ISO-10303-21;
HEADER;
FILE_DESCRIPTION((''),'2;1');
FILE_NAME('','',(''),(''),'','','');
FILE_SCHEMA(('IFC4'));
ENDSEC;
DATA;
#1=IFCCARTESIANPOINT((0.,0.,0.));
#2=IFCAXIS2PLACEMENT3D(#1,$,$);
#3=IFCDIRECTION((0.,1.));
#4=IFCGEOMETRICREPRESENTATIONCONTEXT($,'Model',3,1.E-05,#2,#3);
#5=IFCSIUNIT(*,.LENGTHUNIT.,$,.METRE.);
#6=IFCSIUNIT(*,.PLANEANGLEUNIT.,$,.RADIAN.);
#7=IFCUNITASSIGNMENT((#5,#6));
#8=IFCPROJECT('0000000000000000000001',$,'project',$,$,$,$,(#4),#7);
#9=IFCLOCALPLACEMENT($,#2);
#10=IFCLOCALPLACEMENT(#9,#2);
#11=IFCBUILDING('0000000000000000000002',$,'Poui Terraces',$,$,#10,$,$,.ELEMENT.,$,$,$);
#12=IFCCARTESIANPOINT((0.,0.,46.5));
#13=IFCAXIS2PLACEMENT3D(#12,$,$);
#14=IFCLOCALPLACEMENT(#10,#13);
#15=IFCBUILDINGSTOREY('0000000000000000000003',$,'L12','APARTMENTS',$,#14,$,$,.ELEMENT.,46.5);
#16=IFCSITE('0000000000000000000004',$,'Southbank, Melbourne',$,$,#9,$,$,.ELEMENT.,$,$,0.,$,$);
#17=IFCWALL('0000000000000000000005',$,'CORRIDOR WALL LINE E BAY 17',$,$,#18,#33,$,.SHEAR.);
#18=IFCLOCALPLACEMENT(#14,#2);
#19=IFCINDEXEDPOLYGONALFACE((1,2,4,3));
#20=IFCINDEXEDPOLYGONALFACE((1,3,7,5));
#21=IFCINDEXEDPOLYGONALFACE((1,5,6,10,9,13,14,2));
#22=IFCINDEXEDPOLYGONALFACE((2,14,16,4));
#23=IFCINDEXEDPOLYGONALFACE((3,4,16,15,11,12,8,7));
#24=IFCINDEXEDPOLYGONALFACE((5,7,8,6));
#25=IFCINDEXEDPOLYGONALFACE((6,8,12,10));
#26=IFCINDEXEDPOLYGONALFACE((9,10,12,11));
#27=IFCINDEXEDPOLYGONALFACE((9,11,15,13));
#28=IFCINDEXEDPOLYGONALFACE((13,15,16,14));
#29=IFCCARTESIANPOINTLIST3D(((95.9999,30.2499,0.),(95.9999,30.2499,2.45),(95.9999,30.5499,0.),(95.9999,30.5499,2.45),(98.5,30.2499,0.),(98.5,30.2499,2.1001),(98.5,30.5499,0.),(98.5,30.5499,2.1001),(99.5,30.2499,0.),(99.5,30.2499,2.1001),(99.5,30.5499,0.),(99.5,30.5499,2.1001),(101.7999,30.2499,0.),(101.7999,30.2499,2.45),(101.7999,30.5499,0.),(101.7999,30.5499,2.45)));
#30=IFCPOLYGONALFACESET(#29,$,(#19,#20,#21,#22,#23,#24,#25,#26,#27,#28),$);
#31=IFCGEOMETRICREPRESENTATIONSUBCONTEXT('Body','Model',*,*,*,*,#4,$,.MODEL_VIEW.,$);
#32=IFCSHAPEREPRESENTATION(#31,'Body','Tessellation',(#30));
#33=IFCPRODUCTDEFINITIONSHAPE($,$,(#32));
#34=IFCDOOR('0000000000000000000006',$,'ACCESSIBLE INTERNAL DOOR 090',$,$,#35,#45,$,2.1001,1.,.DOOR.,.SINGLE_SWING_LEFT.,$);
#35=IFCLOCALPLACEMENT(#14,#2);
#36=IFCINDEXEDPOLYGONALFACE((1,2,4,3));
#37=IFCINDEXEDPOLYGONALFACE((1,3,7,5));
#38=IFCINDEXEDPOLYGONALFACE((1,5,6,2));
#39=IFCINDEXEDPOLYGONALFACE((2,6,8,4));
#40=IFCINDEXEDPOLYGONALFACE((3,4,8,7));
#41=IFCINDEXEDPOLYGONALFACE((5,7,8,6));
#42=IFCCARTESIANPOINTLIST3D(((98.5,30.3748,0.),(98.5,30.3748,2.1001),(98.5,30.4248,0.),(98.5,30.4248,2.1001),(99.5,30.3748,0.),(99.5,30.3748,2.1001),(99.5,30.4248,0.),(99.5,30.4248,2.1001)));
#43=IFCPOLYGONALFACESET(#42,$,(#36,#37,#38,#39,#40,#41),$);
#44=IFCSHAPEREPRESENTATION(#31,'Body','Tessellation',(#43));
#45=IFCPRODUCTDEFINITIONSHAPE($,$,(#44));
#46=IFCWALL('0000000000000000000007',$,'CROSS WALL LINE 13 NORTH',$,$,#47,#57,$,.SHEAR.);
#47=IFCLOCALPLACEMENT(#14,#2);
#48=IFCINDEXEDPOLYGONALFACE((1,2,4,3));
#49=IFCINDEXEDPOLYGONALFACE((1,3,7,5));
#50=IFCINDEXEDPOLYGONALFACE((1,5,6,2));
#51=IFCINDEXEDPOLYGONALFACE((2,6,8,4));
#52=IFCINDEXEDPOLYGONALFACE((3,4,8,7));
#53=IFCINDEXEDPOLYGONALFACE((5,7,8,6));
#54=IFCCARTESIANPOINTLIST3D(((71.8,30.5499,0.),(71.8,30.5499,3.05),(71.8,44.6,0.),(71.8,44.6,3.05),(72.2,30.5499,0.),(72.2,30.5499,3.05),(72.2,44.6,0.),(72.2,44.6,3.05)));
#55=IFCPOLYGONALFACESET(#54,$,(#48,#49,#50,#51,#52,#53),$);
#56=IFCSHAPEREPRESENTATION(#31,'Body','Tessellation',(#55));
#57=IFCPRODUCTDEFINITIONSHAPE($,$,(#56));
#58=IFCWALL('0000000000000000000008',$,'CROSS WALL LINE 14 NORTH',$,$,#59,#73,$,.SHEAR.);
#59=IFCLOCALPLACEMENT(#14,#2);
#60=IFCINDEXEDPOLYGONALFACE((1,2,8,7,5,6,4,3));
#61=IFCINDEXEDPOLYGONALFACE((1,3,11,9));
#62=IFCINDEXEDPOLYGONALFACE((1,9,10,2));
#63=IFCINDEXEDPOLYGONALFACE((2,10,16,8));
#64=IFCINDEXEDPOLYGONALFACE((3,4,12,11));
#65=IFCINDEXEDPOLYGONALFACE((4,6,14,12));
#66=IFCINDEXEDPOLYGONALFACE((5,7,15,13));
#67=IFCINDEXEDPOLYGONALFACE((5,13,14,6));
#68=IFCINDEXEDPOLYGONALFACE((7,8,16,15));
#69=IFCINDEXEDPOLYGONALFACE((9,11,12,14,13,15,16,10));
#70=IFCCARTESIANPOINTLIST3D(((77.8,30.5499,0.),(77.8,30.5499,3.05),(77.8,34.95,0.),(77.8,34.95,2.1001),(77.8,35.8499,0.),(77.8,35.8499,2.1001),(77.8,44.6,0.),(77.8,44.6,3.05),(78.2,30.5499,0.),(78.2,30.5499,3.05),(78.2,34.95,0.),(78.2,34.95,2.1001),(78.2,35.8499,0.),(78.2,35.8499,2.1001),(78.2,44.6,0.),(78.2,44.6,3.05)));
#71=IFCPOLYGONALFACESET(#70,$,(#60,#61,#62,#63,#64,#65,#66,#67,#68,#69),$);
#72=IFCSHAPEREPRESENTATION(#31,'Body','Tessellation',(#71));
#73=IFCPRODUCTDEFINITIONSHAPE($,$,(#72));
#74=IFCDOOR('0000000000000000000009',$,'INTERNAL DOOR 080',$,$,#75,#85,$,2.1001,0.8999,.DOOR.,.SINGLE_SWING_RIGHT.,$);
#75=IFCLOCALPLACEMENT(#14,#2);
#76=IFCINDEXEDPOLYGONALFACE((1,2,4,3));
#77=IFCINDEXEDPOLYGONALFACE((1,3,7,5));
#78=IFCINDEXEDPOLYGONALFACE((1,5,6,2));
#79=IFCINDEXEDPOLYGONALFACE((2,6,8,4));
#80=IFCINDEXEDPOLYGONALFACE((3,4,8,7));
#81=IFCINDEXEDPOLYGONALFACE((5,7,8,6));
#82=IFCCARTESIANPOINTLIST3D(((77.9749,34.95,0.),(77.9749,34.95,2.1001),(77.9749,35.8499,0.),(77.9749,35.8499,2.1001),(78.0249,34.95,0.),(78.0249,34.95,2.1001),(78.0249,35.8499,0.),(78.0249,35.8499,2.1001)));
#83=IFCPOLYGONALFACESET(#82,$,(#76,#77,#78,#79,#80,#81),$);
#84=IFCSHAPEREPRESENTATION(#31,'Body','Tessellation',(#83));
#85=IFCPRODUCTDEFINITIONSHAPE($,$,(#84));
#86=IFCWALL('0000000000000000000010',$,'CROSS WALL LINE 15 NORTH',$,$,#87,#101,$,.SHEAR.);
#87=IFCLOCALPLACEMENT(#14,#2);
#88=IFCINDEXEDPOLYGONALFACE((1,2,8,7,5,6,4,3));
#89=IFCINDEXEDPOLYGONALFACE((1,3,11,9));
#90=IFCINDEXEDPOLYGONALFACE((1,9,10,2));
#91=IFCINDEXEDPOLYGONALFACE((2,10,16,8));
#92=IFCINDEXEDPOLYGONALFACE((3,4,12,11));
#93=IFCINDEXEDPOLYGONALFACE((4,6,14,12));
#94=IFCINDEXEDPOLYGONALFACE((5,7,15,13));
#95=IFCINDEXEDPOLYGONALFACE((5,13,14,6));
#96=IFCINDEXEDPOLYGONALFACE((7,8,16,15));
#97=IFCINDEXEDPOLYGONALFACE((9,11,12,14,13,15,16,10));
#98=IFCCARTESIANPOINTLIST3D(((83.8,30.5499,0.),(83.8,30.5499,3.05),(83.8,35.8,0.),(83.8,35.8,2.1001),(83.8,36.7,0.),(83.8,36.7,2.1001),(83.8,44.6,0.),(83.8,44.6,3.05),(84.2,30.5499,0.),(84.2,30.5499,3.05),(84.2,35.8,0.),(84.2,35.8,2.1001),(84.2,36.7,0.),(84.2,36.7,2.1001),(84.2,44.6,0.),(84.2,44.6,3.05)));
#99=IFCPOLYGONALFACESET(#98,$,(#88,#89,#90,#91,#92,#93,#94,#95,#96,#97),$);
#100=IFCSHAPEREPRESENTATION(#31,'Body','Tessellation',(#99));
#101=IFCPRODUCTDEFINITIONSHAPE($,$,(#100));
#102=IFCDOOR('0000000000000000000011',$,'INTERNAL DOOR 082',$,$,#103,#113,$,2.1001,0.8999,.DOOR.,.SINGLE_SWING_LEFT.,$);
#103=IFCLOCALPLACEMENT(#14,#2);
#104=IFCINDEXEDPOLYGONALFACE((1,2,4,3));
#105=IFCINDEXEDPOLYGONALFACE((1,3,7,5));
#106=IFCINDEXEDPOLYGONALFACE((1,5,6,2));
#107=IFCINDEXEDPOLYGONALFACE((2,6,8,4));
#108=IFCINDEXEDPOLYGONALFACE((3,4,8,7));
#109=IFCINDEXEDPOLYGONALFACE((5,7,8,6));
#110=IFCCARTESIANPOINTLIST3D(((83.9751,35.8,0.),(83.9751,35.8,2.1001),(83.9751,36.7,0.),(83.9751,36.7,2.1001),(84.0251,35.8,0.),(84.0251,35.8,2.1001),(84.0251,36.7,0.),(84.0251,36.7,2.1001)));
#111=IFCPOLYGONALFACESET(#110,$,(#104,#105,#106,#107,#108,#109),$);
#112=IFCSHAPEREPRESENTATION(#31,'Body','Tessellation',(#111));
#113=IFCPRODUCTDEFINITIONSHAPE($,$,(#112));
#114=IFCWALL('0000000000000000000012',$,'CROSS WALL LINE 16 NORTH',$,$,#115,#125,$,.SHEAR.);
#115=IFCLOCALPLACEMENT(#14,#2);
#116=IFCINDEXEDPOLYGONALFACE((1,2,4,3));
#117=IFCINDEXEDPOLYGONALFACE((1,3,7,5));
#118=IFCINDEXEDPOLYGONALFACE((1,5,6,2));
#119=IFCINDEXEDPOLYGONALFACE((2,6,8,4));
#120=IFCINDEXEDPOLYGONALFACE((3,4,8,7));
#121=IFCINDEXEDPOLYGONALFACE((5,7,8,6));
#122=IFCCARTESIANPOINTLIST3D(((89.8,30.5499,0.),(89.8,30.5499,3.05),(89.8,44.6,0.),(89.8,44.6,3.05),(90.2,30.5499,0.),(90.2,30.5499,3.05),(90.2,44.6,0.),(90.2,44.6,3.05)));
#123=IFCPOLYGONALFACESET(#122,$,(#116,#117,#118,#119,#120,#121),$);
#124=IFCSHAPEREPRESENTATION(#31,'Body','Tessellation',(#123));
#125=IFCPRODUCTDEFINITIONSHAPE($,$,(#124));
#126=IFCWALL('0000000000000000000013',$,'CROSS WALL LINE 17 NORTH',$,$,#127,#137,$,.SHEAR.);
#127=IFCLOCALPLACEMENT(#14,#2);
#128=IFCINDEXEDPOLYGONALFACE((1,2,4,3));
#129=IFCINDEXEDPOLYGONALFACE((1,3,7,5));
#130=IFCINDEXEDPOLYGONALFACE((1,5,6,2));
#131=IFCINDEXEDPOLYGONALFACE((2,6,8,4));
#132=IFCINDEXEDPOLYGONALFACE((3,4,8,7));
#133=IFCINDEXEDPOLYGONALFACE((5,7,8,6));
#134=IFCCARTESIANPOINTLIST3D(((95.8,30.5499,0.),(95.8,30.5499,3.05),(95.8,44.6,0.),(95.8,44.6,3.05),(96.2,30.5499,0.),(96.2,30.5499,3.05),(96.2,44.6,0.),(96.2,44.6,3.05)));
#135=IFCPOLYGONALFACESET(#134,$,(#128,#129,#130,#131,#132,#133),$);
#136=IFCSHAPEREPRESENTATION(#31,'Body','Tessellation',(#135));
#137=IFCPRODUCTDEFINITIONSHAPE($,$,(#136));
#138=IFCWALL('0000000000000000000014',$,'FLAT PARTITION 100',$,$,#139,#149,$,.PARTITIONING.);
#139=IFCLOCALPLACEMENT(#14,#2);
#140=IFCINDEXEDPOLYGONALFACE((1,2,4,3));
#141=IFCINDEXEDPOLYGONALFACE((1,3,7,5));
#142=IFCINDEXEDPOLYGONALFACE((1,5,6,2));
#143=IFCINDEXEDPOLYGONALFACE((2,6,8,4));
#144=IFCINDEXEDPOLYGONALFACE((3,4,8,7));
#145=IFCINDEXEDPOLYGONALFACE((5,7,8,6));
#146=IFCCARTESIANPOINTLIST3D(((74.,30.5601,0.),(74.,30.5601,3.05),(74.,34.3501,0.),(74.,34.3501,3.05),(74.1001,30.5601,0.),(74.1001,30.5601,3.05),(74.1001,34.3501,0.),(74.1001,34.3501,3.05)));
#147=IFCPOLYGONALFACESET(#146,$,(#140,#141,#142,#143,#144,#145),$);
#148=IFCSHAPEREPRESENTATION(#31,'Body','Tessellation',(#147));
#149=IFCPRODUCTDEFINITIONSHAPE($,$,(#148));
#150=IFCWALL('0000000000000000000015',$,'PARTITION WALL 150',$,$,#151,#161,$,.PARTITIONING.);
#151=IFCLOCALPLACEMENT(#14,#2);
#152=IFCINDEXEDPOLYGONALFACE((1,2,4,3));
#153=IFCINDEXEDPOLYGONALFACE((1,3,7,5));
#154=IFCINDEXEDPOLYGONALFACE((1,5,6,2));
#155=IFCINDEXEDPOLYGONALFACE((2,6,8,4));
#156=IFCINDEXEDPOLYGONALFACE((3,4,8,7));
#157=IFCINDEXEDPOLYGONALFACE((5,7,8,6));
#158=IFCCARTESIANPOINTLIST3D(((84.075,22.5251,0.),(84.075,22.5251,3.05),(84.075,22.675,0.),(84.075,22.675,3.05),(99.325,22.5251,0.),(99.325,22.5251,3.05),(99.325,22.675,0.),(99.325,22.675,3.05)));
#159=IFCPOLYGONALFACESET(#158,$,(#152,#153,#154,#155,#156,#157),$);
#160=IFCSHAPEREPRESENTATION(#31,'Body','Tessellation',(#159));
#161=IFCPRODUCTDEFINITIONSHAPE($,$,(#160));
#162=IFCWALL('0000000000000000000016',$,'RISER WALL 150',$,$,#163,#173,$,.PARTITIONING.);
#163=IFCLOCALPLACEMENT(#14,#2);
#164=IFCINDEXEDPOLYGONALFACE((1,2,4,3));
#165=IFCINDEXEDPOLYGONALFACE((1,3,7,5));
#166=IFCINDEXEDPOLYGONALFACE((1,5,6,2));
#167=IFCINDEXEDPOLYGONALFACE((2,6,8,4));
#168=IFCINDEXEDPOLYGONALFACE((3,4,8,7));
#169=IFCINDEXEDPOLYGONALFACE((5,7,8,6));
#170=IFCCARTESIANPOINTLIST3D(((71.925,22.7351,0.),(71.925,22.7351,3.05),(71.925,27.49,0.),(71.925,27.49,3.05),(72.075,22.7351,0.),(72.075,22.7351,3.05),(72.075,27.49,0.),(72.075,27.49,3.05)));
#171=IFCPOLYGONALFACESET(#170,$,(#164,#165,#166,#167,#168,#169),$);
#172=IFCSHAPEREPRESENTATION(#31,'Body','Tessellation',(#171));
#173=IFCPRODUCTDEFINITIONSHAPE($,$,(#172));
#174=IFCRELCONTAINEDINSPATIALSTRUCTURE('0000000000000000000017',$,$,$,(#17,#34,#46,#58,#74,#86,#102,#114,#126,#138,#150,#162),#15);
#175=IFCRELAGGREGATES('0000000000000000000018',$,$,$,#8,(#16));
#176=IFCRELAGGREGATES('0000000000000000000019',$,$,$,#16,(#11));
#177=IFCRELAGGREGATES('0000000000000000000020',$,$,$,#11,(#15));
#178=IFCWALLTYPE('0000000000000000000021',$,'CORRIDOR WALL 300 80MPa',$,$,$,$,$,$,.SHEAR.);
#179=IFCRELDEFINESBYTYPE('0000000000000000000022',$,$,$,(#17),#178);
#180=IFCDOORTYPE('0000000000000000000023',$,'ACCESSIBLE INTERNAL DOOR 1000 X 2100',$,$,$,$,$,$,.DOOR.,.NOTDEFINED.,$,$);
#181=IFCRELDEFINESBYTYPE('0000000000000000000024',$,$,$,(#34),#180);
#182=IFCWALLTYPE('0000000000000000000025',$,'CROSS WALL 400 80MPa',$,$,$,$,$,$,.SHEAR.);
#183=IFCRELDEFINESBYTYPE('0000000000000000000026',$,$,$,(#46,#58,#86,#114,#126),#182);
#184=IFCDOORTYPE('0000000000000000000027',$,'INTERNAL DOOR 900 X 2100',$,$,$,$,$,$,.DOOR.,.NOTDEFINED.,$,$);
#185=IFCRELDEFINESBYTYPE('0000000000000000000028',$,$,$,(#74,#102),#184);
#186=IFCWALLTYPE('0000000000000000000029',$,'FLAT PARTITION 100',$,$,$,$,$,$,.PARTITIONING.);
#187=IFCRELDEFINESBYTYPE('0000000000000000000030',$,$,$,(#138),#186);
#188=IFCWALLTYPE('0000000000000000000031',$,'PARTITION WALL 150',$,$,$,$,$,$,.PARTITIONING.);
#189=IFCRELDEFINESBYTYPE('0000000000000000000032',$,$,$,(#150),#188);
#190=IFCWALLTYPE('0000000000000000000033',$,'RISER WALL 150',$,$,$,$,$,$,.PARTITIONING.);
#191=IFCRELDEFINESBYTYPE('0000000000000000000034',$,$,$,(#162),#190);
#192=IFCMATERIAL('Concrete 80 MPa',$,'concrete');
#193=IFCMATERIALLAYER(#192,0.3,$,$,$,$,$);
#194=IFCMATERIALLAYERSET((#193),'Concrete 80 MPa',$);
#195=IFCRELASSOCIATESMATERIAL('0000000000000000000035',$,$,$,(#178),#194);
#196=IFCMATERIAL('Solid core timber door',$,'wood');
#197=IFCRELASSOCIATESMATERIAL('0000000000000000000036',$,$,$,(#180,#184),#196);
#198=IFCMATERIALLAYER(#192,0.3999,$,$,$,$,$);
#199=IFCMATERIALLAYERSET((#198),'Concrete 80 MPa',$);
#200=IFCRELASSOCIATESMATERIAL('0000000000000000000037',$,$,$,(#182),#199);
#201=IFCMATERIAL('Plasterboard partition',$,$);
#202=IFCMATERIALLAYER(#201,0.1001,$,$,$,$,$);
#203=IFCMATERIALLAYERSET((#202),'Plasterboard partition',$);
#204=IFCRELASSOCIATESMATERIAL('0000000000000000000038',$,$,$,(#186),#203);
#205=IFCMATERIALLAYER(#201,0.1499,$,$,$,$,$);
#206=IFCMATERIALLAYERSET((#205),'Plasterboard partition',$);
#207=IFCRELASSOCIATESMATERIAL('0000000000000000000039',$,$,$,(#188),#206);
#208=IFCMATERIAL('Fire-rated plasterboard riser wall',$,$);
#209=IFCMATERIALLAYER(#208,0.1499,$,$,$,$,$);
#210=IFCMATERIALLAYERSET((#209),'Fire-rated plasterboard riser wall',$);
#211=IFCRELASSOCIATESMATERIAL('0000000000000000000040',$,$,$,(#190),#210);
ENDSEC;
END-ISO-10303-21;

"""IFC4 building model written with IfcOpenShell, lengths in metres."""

from ifc_helpers import new_model, si_unit, direction, frame, frame_2d, origin, place, context, subcontext, project, spatial, rectangle, extrude, material, layer, layer_set, type_object, element, fill, save


model = new_model("IFC4")

# Units and contexts
model_context = context("Model", 3, precision=1e-05, world=origin(), true_north=direction((0.0, 1.0)))
body_context = subcontext(model_context, "Body", "Model", "MODEL_VIEW")
ifc_project = project(units=[si_unit("LENGTHUNIT", "METRE"), si_unit("PLANEANGLEUNIT", "RADIAN")], contexts=[model_context])

# Site, building, storey
site_placement = place(None, origin())
site = spatial("IfcSite", under=ifc_project, at=site_placement, Name="Southbank, Melbourne", CompositionType="ELEMENT", RefElevation=0.0)
building_placement = place(site_placement, origin())
building = spatial("IfcBuilding", under=site, at=building_placement, Name="Poui Terraces", CompositionType="ELEMENT")
storey_placement = place(building_placement, frame((0.0, 0.0, 46.5)))
storey = spatial("IfcBuildingStorey", under=building, at=storey_placement, Name="L12", Description="APARTMENTS", CompositionType="ELEMENT", Elevation=46.5)

# Shared definitions
ifc_material_1 = material(Name="Concrete 80 MPa", Category="concrete")

# Shared definitions
ifc_layer_1 = layer(ifc_material_1, 0.3)
ifc_layer_set_1 = layer_set([ifc_layer_1], Name="Concrete 80 MPa")
wall_type_1 = type_object("IfcWallType", Name="CORRIDOR WALL 300 80MPa", PredefinedType="SHEAR", material=ifc_layer_set_1)

# Wall, opening, door
wall_1_placement = place(storey_placement, frame((96.0, 30.3999, 0.0), z_axis=(0.0, 0.0, 1.0), x_axis=(1.0, 0.0, 0.0)))
wall_1 = element("IfcWall", 1, at=wall_1_placement, inside=storey, type_object=wall_type_1, Name="CORRIDOR WALL LINE E BAY 17", PredefinedType="SHEAR", context=body_context, shape_type="SweptSolid", body=[
    extrude(rectangle(XDim=5.8, YDim=0.3, at=frame_2d((2.8999, 0.0))), origin(), (0.0, 0.0, 1.0), 2.45),
])
opening_1_placement = place(wall_1_placement, frame((2.5, 0.0, 0.0)))
opening_1 = element("IfcOpeningElement", 2, at=opening_1_placement, cuts=wall_1, PredefinedType="OPENING", context=body_context, shape_type="SweptSolid", body=[
    extrude(rectangle(XDim=1.0, YDim=2.1001, at=frame_2d((0.5, 1.05))), frame((0.0, 0.1602, 0.0), z_axis=(0.0, -1.0, 0.0), x_axis=(1.0, 0.0, 0.0)), (0.0, 0.0, 1.0), 0.3201),
])
ifc_material_2 = material(Name="Solid core timber door", Category="wood")
door_type_1 = type_object("IfcDoorType", Name="ACCESSIBLE INTERNAL DOOR 1000 X 2100", OperationType="NOTDEFINED", PredefinedType="DOOR", material=ifc_material_2)
door_1_placement = place(opening_1_placement, origin())
door_1 = element("IfcDoor", 3, at=door_1_placement, inside=storey, type_object=door_type_1, Name="ACCESSIBLE INTERNAL DOOR 090", OperationType="SINGLE_SWING_LEFT", OverallHeight=2.1001, OverallWidth=1.0, PredefinedType="DOOR", context=body_context, shape_type="SweptSolid", body=[
    extrude(rectangle(XDim=1.0, YDim=2.1001, at=frame_2d((0.5, 1.05))), frame((0.0, 0.0249, 0.0), z_axis=(0.0, -1.0, 0.0), x_axis=(1.0, 0.0, 0.0)), (0.0, 0.0, 1.0), 0.05),
])
fill(opening_1, door_1)

# Wall
ifc_layer_2 = layer(ifc_material_1, 0.3999)
ifc_layer_set_2 = layer_set([ifc_layer_2], Name="Concrete 80 MPa")
wall_type_2 = type_object("IfcWallType", Name="CROSS WALL 400 80MPa", PredefinedType="SHEAR", material=ifc_layer_set_2)
wall_2_placement = place(storey_placement, frame((72.0, 30.55, 0.0), z_axis=(0.0, 0.0, 1.0), x_axis=(0.0, 1.0, 0.0)))
element("IfcWall", 4, at=wall_2_placement, inside=storey, type_object=wall_type_2, Name="CROSS WALL LINE 13 NORTH", PredefinedType="SHEAR", context=body_context, shape_type="SweptSolid", body=[
    extrude(rectangle(XDim=14.05, YDim=0.3999, at=frame_2d((7.0249, 0.0))), origin(), (0.0, 0.0, 1.0), 3.05),
])

# Walls, openings, doors
wall_3_placement = place(storey_placement, frame((78.0, 30.55, 0.0), z_axis=(0.0, 0.0, 1.0), x_axis=(0.0, 1.0, 0.0)))
wall_3 = element("IfcWall", 5, at=wall_3_placement, inside=storey, type_object=wall_type_2, Name="CROSS WALL LINE 14 NORTH", PredefinedType="SHEAR", context=body_context, shape_type="SweptSolid", body=[
    extrude(rectangle(XDim=14.05, YDim=0.3999, at=frame_2d((7.0249, 0.0))), origin(), (0.0, 0.0, 1.0), 3.05),
])
opening_2_placement = place(wall_3_placement, frame((4.3999, 0.0, 0.0)))
opening_2 = element("IfcOpeningElement", 6, at=opening_2_placement, cuts=wall_3, PredefinedType="OPENING", context=body_context, shape_type="SweptSolid", body=[
    extrude(rectangle(XDim=0.8999, YDim=2.1001, at=frame_2d((0.45, 1.05))), frame((0.0, 0.21, 0.0), z_axis=(0.0, -1.0, 0.0), x_axis=(1.0, 0.0, 0.0)), (0.0, 0.0, 1.0), 0.4199),
])
door_type_2 = type_object("IfcDoorType", Name="INTERNAL DOOR 900 X 2100", OperationType="NOTDEFINED", PredefinedType="DOOR", material=ifc_material_2)
door_2_placement = place(opening_2_placement, frame((0.8999, 0.0, 0.0), z_axis=(0.0, 0.0, 1.0), x_axis=(-1.0, 0.0, 0.0)))
door_2 = element("IfcDoor", 7, at=door_2_placement, inside=storey, type_object=door_type_2, Name="INTERNAL DOOR 080", OperationType="SINGLE_SWING_RIGHT", OverallHeight=2.1001, OverallWidth=0.8999, PredefinedType="DOOR", context=body_context, shape_type="SweptSolid", body=[
    extrude(rectangle(XDim=0.8999, YDim=2.1001, at=frame_2d((0.45, 1.05))), frame((0.0, 0.0249, 0.0), z_axis=(0.0, -1.0, 0.0), x_axis=(1.0, 0.0, 0.0)), (0.0, 0.0, 1.0), 0.05),
])
fill(opening_2, door_2)
wall_4_placement = place(storey_placement, frame((84.0, 30.55, 0.0), z_axis=(0.0, 0.0, 1.0), x_axis=(0.0, 1.0, 0.0)))
wall_4 = element("IfcWall", 8, at=wall_4_placement, inside=storey, type_object=wall_type_2, Name="CROSS WALL LINE 15 NORTH", PredefinedType="SHEAR", context=body_context, shape_type="SweptSolid", body=[
    extrude(rectangle(XDim=14.05, YDim=0.3999, at=frame_2d((7.0249, 0.0))), origin(), (0.0, 0.0, 1.0), 3.05),
])
opening_3_placement = place(wall_4_placement, frame((5.25, 0.0, 0.0)))
opening_3 = element("IfcOpeningElement", 9, at=opening_3_placement, cuts=wall_4, PredefinedType="OPENING", context=body_context, shape_type="SweptSolid", body=[
    extrude(rectangle(XDim=0.8999, YDim=2.1001, at=frame_2d((0.45, 1.05))), frame((0.0, 0.21, 0.0), z_axis=(0.0, -1.0, 0.0), x_axis=(1.0, 0.0, 0.0)), (0.0, 0.0, 1.0), 0.4199),
])
door_3_placement = place(opening_3_placement, origin())
door_3 = element("IfcDoor", 10, at=door_3_placement, inside=storey, type_object=door_type_2, Name="INTERNAL DOOR 082", OperationType="SINGLE_SWING_LEFT", OverallHeight=2.1001, OverallWidth=0.8999, PredefinedType="DOOR", context=body_context, shape_type="SweptSolid", body=[
    extrude(rectangle(XDim=0.8999, YDim=2.1001, at=frame_2d((0.45, 1.05))), frame((0.0, 0.0249, 0.0), z_axis=(0.0, -1.0, 0.0), x_axis=(1.0, 0.0, 0.0)), (0.0, 0.0, 1.0), 0.05),
])
fill(opening_3, door_3)

# Walls
for number, where, z_axis, x_axis, name in (
    (11, (90.0, 30.55, 0.0), (0.0, 0.0, 1.0), (0.0, 1.0, 0.0), "CROSS WALL LINE 16 NORTH"),
    (12, (96.0, 30.55, 0.0), (0.0, 0.0, 1.0), (0.0, 1.0, 0.0), "CROSS WALL LINE 17 NORTH"),
):
    element("IfcWall", number, at=place(storey_placement, frame(where, z_axis=z_axis, x_axis=x_axis)), inside=storey, type_object=wall_type_2, Name=name, PredefinedType="SHEAR", context=body_context, shape_type="SweptSolid", body=[
        extrude(rectangle(XDim=14.05, YDim=0.3999, at=frame_2d((7.0249, 0.0))), origin(), (0.0, 0.0, 1.0), 3.05),
    ])
ifc_material_3 = material(Name="Plasterboard partition")
ifc_layer_3 = layer(ifc_material_3, 0.1001)
ifc_layer_set_3 = layer_set([ifc_layer_3], Name="Plasterboard partition")
wall_type_3 = type_object("IfcWallType", Name="FLAT PARTITION 100", PredefinedType="PARTITIONING", material=ifc_layer_set_3)
wall_5_placement = place(storey_placement, frame((74.05, 30.5601, 0.0), z_axis=(0.0, 0.0, 1.0), x_axis=(0.0, 1.0, 0.0)))
element("IfcWall", 13, at=wall_5_placement, inside=storey, type_object=wall_type_3, Name="FLAT PARTITION 100", PredefinedType="PARTITIONING", context=body_context, shape_type="SweptSolid", body=[
    extrude(rectangle(XDim=3.79, YDim=0.1001, at=frame_2d((1.895, 0.0))), origin(), (0.0, 0.0, 1.0), 3.05),
])
ifc_layer_4 = layer(ifc_material_3, 0.1499)
ifc_layer_set_4 = layer_set([ifc_layer_4], Name="Plasterboard partition")
wall_type_4 = type_object("IfcWallType", Name="PARTITION WALL 150", PredefinedType="PARTITIONING", material=ifc_layer_set_4)
wall_6_placement = place(storey_placement, frame((84.075, 22.6001, 0.0), z_axis=(0.0, 0.0, 1.0), x_axis=(1.0, 0.0, 0.0)))
element("IfcWall", 14, at=wall_6_placement, inside=storey, type_object=wall_type_4, Name="PARTITION WALL 150", PredefinedType="PARTITIONING", context=body_context, shape_type="SweptSolid", body=[
    extrude(rectangle(XDim=15.25, YDim=0.1499, at=frame_2d((7.625, 0.0))), origin(), (0.0, 0.0, 1.0), 3.05),
])
ifc_material_4 = material(Name="Fire-rated plasterboard riser wall")
ifc_layer_5 = layer(ifc_material_4, 0.1499)
ifc_layer_set_5 = layer_set([ifc_layer_5], Name="Fire-rated plasterboard riser wall")
wall_type_5 = type_object("IfcWallType", Name="RISER WALL 150", PredefinedType="PARTITIONING", material=ifc_layer_set_5)
for number, where, z_axis, x_axis, name in (
    (15, (72.0, 22.7351, 0.0), (0.0, 0.0, 1.0), (0.0, 1.0, 0.0), "RISER WALL 150"),
):
    element("IfcWall", number, at=place(storey_placement, frame(where, z_axis=z_axis, x_axis=x_axis)), inside=storey, type_object=wall_type_5, Name=name, PredefinedType="PARTITIONING", context=body_context, shape_type="SweptSolid", body=[
        extrude(rectangle(XDim=4.7549, YDim=0.1499, at=frame_2d((2.3774, 0.0))), origin(), (0.0, 0.0, 1.0), 3.05),
    ])

save(model, "model.ifc")
